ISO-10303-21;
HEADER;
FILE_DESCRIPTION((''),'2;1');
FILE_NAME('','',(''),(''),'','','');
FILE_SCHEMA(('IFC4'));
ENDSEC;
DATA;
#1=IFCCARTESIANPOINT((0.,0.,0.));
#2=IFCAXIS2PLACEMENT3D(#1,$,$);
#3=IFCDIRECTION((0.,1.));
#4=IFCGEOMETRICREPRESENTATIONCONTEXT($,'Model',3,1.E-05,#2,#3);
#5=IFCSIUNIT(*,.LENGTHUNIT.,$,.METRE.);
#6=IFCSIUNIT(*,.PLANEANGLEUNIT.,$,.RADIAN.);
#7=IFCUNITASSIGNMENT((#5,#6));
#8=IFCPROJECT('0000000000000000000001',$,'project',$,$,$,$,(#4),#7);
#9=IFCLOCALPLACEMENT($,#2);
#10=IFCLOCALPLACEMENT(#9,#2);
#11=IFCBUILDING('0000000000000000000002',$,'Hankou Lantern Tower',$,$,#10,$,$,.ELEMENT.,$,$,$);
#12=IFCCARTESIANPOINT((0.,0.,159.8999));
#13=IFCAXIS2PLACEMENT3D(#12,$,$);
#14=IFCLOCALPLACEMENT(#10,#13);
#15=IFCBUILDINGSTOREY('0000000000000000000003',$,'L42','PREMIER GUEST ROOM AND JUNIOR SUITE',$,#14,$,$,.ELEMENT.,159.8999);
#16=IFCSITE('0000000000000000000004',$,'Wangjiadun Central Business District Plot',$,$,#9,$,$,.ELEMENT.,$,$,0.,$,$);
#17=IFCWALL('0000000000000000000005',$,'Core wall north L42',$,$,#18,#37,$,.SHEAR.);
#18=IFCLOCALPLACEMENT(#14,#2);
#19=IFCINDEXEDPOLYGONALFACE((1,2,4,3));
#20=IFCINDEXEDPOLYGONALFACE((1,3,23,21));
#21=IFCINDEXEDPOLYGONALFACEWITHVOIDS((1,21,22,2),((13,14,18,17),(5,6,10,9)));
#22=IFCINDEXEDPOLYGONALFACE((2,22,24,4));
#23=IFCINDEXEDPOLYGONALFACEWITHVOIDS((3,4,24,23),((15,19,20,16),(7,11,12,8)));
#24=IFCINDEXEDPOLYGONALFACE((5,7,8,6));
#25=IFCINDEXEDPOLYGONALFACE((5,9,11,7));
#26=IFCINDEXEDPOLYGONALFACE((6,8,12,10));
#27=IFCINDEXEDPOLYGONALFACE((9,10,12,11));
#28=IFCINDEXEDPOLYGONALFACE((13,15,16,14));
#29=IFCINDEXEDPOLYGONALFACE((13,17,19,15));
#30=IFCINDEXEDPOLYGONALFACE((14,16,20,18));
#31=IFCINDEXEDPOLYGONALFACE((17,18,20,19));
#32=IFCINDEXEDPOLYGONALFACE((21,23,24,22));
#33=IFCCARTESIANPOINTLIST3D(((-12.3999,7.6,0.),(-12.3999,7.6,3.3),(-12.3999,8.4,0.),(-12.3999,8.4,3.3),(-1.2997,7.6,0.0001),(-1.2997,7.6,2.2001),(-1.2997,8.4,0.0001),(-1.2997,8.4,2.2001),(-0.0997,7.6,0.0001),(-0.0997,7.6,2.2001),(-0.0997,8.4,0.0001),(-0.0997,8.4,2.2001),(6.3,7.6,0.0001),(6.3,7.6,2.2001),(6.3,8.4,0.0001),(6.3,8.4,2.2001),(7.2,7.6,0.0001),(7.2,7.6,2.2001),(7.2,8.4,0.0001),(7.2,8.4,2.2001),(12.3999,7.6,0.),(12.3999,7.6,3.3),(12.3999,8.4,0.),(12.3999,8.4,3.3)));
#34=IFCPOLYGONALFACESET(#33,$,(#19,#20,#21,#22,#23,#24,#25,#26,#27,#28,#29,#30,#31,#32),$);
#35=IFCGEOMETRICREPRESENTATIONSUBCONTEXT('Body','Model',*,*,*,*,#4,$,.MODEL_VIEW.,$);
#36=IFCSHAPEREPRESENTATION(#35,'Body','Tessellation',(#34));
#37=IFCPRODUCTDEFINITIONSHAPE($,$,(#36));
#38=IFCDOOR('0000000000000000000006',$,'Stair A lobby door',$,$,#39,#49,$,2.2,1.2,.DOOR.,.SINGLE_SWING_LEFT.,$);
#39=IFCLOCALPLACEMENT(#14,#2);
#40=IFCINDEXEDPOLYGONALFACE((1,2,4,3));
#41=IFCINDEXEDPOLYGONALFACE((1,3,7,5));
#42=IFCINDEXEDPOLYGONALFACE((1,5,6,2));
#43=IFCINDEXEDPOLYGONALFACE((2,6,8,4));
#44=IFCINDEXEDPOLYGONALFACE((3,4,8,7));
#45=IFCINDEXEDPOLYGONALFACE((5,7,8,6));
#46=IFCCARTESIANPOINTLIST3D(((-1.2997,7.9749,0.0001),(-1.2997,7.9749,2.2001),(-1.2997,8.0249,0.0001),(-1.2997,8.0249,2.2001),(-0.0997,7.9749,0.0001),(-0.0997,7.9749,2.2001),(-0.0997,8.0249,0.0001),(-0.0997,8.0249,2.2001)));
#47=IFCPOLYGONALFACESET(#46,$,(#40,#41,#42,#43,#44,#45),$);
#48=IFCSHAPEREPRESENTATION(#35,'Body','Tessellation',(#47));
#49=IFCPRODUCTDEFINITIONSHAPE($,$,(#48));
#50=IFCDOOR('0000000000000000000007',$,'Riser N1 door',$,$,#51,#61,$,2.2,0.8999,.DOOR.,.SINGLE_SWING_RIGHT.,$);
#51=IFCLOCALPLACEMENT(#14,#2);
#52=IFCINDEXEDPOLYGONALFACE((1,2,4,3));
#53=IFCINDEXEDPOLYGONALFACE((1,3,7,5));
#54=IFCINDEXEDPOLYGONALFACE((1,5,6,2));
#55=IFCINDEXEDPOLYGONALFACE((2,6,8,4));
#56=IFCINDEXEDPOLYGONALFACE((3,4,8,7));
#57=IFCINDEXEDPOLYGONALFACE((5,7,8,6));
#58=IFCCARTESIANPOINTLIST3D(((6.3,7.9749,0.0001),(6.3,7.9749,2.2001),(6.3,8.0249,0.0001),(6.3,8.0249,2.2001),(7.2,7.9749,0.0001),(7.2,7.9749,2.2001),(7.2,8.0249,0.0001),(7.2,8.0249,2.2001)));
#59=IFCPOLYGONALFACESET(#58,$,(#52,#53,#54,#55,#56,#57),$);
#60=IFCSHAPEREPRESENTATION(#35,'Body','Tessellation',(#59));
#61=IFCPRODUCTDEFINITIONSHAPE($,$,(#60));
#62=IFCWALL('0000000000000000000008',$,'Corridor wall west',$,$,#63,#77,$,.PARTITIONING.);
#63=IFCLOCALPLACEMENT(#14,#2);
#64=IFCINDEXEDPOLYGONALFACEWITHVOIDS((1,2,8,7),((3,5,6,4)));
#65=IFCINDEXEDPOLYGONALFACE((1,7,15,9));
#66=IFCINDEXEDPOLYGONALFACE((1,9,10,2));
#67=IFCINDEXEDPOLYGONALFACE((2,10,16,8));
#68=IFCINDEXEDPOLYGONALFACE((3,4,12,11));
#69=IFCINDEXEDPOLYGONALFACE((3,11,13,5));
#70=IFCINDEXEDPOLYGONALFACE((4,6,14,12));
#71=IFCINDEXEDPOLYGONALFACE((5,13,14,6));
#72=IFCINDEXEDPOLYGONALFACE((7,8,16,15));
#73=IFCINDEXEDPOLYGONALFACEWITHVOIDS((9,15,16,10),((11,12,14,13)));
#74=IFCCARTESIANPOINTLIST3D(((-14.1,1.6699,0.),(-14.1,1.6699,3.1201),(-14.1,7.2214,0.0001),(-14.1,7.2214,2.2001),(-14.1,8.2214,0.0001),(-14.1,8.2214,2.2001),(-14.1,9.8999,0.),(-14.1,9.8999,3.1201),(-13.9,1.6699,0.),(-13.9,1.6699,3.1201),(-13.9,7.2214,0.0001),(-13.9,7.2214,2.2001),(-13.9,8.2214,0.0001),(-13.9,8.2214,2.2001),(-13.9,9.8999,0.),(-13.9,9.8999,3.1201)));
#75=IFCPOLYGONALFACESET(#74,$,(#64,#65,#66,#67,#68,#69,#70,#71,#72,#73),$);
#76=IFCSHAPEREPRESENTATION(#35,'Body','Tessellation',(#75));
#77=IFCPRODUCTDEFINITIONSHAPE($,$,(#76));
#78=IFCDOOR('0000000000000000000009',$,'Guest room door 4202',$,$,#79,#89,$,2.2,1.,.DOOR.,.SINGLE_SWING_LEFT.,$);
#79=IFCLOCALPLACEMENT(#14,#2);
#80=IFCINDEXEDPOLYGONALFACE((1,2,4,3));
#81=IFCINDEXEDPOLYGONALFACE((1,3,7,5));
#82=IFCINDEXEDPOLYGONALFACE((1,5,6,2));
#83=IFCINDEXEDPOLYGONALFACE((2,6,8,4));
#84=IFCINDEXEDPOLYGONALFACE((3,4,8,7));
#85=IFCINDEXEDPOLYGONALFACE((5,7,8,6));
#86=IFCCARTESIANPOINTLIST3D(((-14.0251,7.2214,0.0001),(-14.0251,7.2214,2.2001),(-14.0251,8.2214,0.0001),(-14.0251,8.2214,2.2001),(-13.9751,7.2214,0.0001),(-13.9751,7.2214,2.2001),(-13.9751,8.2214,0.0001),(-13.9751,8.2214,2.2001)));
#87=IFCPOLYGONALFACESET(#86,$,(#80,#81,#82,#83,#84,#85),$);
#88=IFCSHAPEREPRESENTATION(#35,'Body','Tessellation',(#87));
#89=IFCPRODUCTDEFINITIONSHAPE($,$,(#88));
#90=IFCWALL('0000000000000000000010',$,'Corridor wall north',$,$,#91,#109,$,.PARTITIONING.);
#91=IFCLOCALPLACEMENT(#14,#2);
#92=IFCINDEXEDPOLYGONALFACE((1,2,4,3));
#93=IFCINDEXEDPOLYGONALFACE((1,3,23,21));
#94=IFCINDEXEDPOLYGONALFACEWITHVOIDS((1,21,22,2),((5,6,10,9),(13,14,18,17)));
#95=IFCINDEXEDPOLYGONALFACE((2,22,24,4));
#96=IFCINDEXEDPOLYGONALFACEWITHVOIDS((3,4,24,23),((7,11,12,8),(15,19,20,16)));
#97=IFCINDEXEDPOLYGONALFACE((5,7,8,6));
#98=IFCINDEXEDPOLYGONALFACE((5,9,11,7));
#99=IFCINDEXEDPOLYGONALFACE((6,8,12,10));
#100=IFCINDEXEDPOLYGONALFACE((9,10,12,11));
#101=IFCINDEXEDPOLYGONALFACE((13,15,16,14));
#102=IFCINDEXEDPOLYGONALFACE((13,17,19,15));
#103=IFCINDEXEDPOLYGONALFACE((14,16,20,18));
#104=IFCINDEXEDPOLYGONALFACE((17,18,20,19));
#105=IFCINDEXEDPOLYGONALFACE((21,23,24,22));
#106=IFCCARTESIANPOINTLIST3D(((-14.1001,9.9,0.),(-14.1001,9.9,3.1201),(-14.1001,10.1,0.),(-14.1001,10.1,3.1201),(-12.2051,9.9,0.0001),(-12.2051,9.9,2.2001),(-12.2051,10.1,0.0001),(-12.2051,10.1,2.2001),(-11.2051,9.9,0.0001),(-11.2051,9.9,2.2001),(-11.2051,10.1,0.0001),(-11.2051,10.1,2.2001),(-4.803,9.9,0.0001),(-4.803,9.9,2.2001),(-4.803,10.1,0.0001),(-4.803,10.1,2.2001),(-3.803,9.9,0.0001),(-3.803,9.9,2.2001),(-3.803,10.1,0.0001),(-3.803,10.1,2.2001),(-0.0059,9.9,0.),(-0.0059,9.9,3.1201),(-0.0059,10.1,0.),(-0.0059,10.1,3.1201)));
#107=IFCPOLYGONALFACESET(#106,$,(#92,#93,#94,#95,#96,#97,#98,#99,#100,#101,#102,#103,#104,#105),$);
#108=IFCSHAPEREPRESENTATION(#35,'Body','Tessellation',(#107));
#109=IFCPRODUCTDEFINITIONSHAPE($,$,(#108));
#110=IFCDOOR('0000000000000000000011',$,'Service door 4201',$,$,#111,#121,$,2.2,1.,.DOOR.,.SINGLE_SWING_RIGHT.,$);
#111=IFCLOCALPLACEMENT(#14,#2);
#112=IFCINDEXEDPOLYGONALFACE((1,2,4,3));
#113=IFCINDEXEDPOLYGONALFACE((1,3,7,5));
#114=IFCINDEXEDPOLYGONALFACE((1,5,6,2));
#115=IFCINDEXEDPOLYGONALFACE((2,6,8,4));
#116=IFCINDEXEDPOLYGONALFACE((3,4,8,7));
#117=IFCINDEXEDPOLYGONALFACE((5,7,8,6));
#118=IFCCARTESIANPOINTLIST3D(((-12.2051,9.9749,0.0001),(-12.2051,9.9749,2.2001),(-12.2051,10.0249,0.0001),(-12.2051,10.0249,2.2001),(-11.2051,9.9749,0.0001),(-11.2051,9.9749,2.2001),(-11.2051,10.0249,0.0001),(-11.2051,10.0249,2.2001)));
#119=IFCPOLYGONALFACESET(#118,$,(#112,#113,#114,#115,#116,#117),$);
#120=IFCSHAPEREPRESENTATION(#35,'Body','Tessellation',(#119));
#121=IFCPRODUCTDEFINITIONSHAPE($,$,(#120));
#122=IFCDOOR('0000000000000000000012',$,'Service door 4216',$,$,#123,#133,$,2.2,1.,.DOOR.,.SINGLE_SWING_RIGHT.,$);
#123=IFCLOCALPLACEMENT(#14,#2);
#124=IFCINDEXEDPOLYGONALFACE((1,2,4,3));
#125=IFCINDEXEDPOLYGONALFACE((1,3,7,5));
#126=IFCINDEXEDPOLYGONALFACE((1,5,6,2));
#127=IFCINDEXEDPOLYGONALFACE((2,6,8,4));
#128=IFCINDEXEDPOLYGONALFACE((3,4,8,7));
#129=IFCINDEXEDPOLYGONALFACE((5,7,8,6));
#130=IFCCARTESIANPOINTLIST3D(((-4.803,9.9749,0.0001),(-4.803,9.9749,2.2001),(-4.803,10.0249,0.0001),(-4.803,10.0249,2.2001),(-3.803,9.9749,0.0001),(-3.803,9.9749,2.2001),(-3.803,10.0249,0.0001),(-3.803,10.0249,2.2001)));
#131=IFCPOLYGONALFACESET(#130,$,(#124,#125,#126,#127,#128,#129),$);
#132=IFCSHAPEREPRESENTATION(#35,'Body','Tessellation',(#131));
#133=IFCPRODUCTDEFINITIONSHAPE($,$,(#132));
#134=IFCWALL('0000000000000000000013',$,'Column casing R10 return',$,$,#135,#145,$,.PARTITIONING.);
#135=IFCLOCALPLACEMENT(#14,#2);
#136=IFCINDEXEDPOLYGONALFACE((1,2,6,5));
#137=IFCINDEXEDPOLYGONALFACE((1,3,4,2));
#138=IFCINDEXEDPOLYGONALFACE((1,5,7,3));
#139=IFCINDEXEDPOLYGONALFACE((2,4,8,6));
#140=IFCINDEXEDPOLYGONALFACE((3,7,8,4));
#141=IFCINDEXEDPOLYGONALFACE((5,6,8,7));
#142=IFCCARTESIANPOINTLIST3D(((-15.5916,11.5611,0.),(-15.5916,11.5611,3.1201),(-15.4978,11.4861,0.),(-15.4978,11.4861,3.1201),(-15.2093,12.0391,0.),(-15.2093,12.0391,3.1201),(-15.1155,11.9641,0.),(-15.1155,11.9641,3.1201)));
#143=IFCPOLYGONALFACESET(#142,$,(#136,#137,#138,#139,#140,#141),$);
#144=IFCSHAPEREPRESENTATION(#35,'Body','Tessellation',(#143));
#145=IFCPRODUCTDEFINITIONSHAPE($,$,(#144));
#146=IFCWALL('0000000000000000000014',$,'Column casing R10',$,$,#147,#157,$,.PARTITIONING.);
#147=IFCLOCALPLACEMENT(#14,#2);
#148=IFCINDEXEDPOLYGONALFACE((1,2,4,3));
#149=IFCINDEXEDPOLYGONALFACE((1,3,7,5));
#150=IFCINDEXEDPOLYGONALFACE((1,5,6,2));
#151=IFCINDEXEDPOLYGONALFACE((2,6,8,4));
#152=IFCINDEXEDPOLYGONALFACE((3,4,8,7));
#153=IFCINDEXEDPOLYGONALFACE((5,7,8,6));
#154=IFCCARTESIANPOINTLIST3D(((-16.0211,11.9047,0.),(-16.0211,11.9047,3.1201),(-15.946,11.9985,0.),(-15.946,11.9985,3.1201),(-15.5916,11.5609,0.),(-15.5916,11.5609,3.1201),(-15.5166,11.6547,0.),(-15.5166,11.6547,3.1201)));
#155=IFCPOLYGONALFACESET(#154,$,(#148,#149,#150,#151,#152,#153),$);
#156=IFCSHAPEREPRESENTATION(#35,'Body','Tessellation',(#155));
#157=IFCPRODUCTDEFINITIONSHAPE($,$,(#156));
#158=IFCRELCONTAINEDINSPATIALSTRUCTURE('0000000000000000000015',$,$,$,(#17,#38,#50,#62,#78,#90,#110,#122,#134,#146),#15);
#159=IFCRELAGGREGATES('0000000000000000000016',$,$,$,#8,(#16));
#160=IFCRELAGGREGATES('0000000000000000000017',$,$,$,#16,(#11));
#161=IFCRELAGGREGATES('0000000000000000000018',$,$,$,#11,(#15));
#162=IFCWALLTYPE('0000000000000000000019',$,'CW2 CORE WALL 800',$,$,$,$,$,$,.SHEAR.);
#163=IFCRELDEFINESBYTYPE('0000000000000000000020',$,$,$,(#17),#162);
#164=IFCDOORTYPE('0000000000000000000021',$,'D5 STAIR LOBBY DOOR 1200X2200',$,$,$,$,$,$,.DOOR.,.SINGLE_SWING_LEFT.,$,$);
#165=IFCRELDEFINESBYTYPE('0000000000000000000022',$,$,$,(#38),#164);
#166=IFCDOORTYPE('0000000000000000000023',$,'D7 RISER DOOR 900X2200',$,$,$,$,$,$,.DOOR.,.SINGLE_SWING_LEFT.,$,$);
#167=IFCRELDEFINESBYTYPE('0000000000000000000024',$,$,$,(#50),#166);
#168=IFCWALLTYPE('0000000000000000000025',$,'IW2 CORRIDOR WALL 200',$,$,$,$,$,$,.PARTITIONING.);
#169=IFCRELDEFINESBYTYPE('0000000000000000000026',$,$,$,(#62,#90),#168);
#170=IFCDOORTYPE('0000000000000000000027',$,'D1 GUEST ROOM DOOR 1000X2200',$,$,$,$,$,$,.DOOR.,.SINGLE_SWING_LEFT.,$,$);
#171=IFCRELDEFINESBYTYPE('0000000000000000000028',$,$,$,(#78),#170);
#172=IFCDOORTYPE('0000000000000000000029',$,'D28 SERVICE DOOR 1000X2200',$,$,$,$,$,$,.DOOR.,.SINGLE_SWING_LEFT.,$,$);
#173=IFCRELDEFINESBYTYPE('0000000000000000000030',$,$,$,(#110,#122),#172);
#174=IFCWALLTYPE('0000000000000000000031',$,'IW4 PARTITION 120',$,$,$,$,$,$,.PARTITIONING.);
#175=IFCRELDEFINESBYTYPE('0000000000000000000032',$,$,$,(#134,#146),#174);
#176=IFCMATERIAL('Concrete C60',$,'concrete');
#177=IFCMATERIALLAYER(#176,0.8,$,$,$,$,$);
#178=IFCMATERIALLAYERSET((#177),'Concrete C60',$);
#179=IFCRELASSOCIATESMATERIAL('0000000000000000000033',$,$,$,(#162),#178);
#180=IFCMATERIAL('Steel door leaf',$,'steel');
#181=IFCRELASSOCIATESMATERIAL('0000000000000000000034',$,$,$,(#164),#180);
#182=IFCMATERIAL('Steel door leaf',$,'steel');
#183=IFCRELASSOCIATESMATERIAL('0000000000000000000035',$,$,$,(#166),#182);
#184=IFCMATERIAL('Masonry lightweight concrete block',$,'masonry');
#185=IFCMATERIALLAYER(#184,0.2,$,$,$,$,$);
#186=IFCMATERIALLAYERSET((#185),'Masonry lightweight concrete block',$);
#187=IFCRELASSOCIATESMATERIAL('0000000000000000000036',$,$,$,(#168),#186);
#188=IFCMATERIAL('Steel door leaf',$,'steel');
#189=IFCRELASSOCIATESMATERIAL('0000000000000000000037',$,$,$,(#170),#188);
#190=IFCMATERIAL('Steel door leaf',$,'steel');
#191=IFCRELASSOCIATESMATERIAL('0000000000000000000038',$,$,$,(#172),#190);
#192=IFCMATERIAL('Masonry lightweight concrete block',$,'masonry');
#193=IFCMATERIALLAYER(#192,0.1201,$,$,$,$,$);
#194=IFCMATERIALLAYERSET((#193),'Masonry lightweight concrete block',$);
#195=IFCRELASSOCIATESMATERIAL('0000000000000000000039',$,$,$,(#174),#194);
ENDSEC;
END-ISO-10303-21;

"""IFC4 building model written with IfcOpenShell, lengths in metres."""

from ifc_helpers import new_model, si_unit, direction, frame, frame_2d, origin, place, context, subcontext, project, spatial, rectangle, extrude, material, layer, layer_set, type_object, element, fill, save


model = new_model("IFC4")

# Units and contexts
model_context = context("Model", 3, precision=1e-05, world=origin(), true_north=direction((0.0, 1.0)))
body_context = subcontext(model_context, "Body", "Model", "MODEL_VIEW")
ifc_project = project(units=[si_unit("LENGTHUNIT", "METRE"), si_unit("PLANEANGLEUNIT", "RADIAN")], contexts=[model_context])

# Site, building, storey
site_placement = place(None, origin())
site = spatial("IfcSite", under=ifc_project, at=site_placement, Name="Wangjiadun Central Business District Plot", CompositionType="ELEMENT", RefElevation=0.0)
building_placement = place(site_placement, origin())
building = spatial("IfcBuilding", under=site, at=building_placement, Name="Hankou Lantern Tower", CompositionType="ELEMENT")
storey_placement = place(building_placement, frame((0.0, 0.0, 159.8999)))
storey = spatial("IfcBuildingStorey", under=building, at=storey_placement, Name="L42", Description="PREMIER GUEST ROOM AND JUNIOR SUITE", CompositionType="ELEMENT", Elevation=159.8999)

# Wall, openings, doors
ifc_material_1 = material(Name="Concrete C60", Category="concrete")
ifc_layer_1 = layer(ifc_material_1, 0.8)
ifc_layer_set_1 = layer_set([ifc_layer_1], Name="Concrete C60")
wall_type_1 = type_object("IfcWallType", Name="CW2 CORE WALL 800", PredefinedType="SHEAR", material=ifc_layer_set_1)
wall_1_placement = place(storey_placement, frame((-12.3999, 8.0, 0.0), z_axis=(0.0, 0.0, 1.0), x_axis=(1.0, 0.0, 0.0)))
wall_1 = element("IfcWall", 1, at=wall_1_placement, inside=storey, type_object=wall_type_1, Name="Core wall north L42", PredefinedType="SHEAR", context=body_context, shape_type="SweptSolid", body=[
    extrude(rectangle(XDim=24.7998, YDim=0.8, at=frame_2d((12.3999, 0.0))), origin(), (0.0, 0.0, 1.0), 3.3),
])
opening_1_placement = place(wall_1_placement, frame((11.1001, 0.0, 0.0)))
opening_1 = element("IfcOpeningElement", 2, at=opening_1_placement, cuts=wall_1, PredefinedType="OPENING", context=body_context, shape_type="SweptSolid", body=[
    extrude(rectangle(XDim=1.2, YDim=2.2, at=frame_2d((0.6001, 1.1001))), frame((0.0, 0.4099, 0.0), z_axis=(0.0, -1.0, 0.0), x_axis=(1.0, 0.0, 0.0)), (0.0, 0.0, 1.0), 0.8201),
])
opening_2_placement = place(wall_1_placement, frame((18.7, 0.0, 0.0)))
opening_2 = element("IfcOpeningElement", 3, at=opening_2_placement, cuts=wall_1, PredefinedType="OPENING", context=body_context, shape_type="SweptSolid", body=[
    extrude(rectangle(XDim=0.8999, YDim=2.2, at=frame_2d((0.45, 1.1001))), frame((0.0, 0.4099, 0.0), z_axis=(0.0, -1.0, 0.0), x_axis=(1.0, 0.0, 0.0)), (0.0, 0.0, 1.0), 0.8201),
])
ifc_material_2 = material(Name="Steel door leaf", Category="steel")
door_type_1 = type_object("IfcDoorType", Name="D5 STAIR LOBBY DOOR 1200X2200", OperationType="SINGLE_SWING_LEFT", PredefinedType="DOOR", material=ifc_material_2)
door_1_placement = place(opening_1_placement, origin())
door_1 = element("IfcDoor", 4, at=door_1_placement, inside=storey, type_object=door_type_1, Name="Stair A lobby door", OperationType="SINGLE_SWING_LEFT", OverallHeight=2.2, OverallWidth=1.2, PredefinedType="DOOR", context=body_context, shape_type="SweptSolid", body=[
    extrude(rectangle(XDim=1.2, YDim=2.2, at=frame_2d((0.6001, 1.1001))), frame((0.0, 0.0249, 0.0), z_axis=(0.0, -1.0, 0.0), x_axis=(1.0, 0.0, 0.0)), (0.0, 0.0, 1.0), 0.05),
])
fill(opening_1, door_1)
ifc_material_3 = material(Name="Steel door leaf", Category="steel")
door_type_2 = type_object("IfcDoorType", Name="D7 RISER DOOR 900X2200", OperationType="SINGLE_SWING_LEFT", PredefinedType="DOOR", material=ifc_material_3)
door_2_placement = place(opening_2_placement, origin())
door_2 = element("IfcDoor", 5, at=door_2_placement, inside=storey, type_object=door_type_2, Name="Riser N1 door", OperationType="SINGLE_SWING_RIGHT", OverallHeight=2.2, OverallWidth=0.8999, PredefinedType="DOOR", context=body_context, shape_type="SweptSolid", body=[
    extrude(rectangle(XDim=0.8999, YDim=2.2, at=frame_2d((0.45, 1.1001))), frame((0.0, 0.0249, 0.0), z_axis=(0.0, -1.0, 0.0), x_axis=(1.0, 0.0, 0.0)), (0.0, 0.0, 1.0), 0.05),
])
fill(opening_2, door_2)

# Wall, opening, door
ifc_material_4 = material(Name="Masonry lightweight concrete block", Category="masonry")
ifc_layer_2 = layer(ifc_material_4, 0.2)
ifc_layer_set_2 = layer_set([ifc_layer_2], Name="Masonry lightweight concrete block")
wall_type_2 = type_object("IfcWallType", Name="IW2 CORRIDOR WALL 200", PredefinedType="PARTITIONING", material=ifc_layer_set_2)
wall_2_placement = place(storey_placement, frame((-14.0, 9.8999, 0.0), z_axis=(0.0, 0.0, 1.0), x_axis=(0.0, -1.0, 0.0)))
wall_2 = element("IfcWall", 6, at=wall_2_placement, inside=storey, type_object=wall_type_2, Name="Corridor wall west", PredefinedType="PARTITIONING", context=body_context, shape_type="SweptSolid", body=[
    extrude(rectangle(XDim=8.23, YDim=0.2, at=frame_2d((4.115, 0.0))), origin(), (0.0, 0.0, 1.0), 3.1201),
])
opening_3_placement = place(wall_2_placement, frame((1.6785, 0.0, 0.0)))
opening_3 = element("IfcOpeningElement", 7, at=opening_3_placement, cuts=wall_2, PredefinedType="OPENING", context=body_context, shape_type="SweptSolid", body=[
    extrude(rectangle(XDim=1.0, YDim=2.2, at=frame_2d((0.5, 1.1001))), frame((0.0, 0.1099, 0.0), z_axis=(0.0, -1.0, 0.0), x_axis=(1.0, 0.0, 0.0)), (0.0, 0.0, 1.0), 0.22),
])
ifc_material_5 = material(Name="Steel door leaf", Category="steel")
door_type_3 = type_object("IfcDoorType", Name="D1 GUEST ROOM DOOR 1000X2200", OperationType="SINGLE_SWING_LEFT", PredefinedType="DOOR", material=ifc_material_5)
door_3_placement = place(opening_3_placement, origin())
door_3 = element("IfcDoor", 8, at=door_3_placement, inside=storey, type_object=door_type_3, Name="Guest room door 4202", OperationType="SINGLE_SWING_LEFT", OverallHeight=2.2, OverallWidth=1.0, PredefinedType="DOOR", context=body_context, shape_type="SweptSolid", body=[
    extrude(rectangle(XDim=1.0, YDim=2.2, at=frame_2d((0.5, 1.1001))), frame((0.0, 0.0249, 0.0), z_axis=(0.0, -1.0, 0.0), x_axis=(1.0, 0.0, 0.0)), (0.0, 0.0, 1.0), 0.05),
])
fill(opening_3, door_3)

# Wall, openings, doors
wall_3_placement = place(storey_placement, frame((-14.1001, 10.0, 0.0), z_axis=(0.0, 0.0, 1.0), x_axis=(1.0, 0.0, 0.0)))
wall_3 = element("IfcWall", 9, at=wall_3_placement, inside=storey, type_object=wall_type_2, Name="Corridor wall north", PredefinedType="PARTITIONING", context=body_context, shape_type="SweptSolid", body=[
    extrude(rectangle(XDim=14.0942, YDim=0.2, at=frame_2d((7.0471, 0.0))), origin(), (0.0, 0.0, 1.0), 3.1201),
])
opening_4_placement = place(wall_3_placement, frame((1.895, 0.0, 0.0)))
opening_4 = element("IfcOpeningElement", 10, at=opening_4_placement, cuts=wall_3, PredefinedType="OPENING", context=body_context, shape_type="SweptSolid", body=[
    extrude(rectangle(XDim=1.0, YDim=2.2, at=frame_2d((0.5, 1.1001))), frame((0.0, 0.1099, 0.0), z_axis=(0.0, -1.0, 0.0), x_axis=(1.0, 0.0, 0.0)), (0.0, 0.0, 1.0), 0.22),
])
opening_5_placement = place(wall_3_placement, frame((9.2971, 0.0, 0.0)))
opening_5 = element("IfcOpeningElement", 11, at=opening_5_placement, cuts=wall_3, PredefinedType="OPENING", context=body_context, shape_type="SweptSolid", body=[
    extrude(rectangle(XDim=1.0, YDim=2.2, at=frame_2d((0.5, 1.1001))), frame((0.0, 0.1099, 0.0), z_axis=(0.0, -1.0, 0.0), x_axis=(1.0, 0.0, 0.0)), (0.0, 0.0, 1.0), 0.22),
])
ifc_material_6 = material(Name="Steel door leaf", Category="steel")
door_type_4 = type_object("IfcDoorType", Name="D28 SERVICE DOOR 1000X2200", OperationType="SINGLE_SWING_LEFT", PredefinedType="DOOR", material=ifc_material_6)
door_4_placement = place(opening_4_placement, origin())
door_4 = element("IfcDoor", 12, at=door_4_placement, inside=storey, type_object=door_type_4, Name="Service door 4201", OperationType="SINGLE_SWING_RIGHT", OverallHeight=2.2, OverallWidth=1.0, PredefinedType="DOOR", context=body_context, shape_type="SweptSolid", body=[
    extrude(rectangle(XDim=1.0, YDim=2.2, at=frame_2d((0.5, 1.1001))), frame((0.0, 0.0249, 0.0), z_axis=(0.0, -1.0, 0.0), x_axis=(1.0, 0.0, 0.0)), (0.0, 0.0, 1.0), 0.05),
])
fill(opening_4, door_4)
door_5_placement = place(opening_5_placement, origin())
door_5 = element("IfcDoor", 13, at=door_5_placement, inside=storey, type_object=door_type_4, Name="Service door 4216", OperationType="SINGLE_SWING_RIGHT", OverallHeight=2.2, OverallWidth=1.0, PredefinedType="DOOR", context=body_context, shape_type="SweptSolid", body=[
    extrude(rectangle(XDim=1.0, YDim=2.2, at=frame_2d((0.5, 1.1001))), frame((0.0, 0.0249, 0.0), z_axis=(0.0, -1.0, 0.0), x_axis=(1.0, 0.0, 0.0)), (0.0, 0.0, 1.0), 0.05),
])
fill(opening_5, door_5)

# Walls
ifc_material_7 = material(Name="Masonry lightweight concrete block", Category="masonry")
ifc_layer_3 = layer(ifc_material_7, 0.1201)
ifc_layer_set_3 = layer_set([ifc_layer_3], Name="Masonry lightweight concrete block")
wall_type_3 = type_object("IfcWallType", Name="IW4 PARTITION 120", PredefinedType="PARTITIONING", material=ifc_layer_set_3)
wall_4_placement = place(storey_placement, frame((-15.1624, 12.0017, 0.0), z_axis=(0.0, 0.0, 1.0), x_axis=(-0.624598, -0.780947, 0.0)))
element("IfcWall", 14, at=wall_4_placement, inside=storey, type_object=wall_type_3, Name="Column casing R10 return", PredefinedType="PARTITIONING", context=body_context, shape_type="SweptSolid", body=[
    extrude(rectangle(XDim=0.6121, YDim=0.1201, at=frame_2d((0.3062, 0.0))), origin(), (0.0, 0.0, 1.0), 3.1201),
])
wall_5_placement = place(storey_placement, frame((-15.5542, 11.6079, 0.0), z_axis=(0.0, 0.0, 1.0), x_axis=(-0.780696, 0.624912, 0.0)))
element("IfcWall", 15, at=wall_5_placement, inside=storey, type_object=wall_type_3, Name="Column casing R10", PredefinedType="PARTITIONING", context=body_context, shape_type="SweptSolid", body=[
    extrude(rectangle(XDim=0.55, YDim=0.1201, at=frame_2d((0.2749, 0.0))), origin(), (0.0, 0.0, 1.0), 3.1201),
])

save(model, "model.ifc")
